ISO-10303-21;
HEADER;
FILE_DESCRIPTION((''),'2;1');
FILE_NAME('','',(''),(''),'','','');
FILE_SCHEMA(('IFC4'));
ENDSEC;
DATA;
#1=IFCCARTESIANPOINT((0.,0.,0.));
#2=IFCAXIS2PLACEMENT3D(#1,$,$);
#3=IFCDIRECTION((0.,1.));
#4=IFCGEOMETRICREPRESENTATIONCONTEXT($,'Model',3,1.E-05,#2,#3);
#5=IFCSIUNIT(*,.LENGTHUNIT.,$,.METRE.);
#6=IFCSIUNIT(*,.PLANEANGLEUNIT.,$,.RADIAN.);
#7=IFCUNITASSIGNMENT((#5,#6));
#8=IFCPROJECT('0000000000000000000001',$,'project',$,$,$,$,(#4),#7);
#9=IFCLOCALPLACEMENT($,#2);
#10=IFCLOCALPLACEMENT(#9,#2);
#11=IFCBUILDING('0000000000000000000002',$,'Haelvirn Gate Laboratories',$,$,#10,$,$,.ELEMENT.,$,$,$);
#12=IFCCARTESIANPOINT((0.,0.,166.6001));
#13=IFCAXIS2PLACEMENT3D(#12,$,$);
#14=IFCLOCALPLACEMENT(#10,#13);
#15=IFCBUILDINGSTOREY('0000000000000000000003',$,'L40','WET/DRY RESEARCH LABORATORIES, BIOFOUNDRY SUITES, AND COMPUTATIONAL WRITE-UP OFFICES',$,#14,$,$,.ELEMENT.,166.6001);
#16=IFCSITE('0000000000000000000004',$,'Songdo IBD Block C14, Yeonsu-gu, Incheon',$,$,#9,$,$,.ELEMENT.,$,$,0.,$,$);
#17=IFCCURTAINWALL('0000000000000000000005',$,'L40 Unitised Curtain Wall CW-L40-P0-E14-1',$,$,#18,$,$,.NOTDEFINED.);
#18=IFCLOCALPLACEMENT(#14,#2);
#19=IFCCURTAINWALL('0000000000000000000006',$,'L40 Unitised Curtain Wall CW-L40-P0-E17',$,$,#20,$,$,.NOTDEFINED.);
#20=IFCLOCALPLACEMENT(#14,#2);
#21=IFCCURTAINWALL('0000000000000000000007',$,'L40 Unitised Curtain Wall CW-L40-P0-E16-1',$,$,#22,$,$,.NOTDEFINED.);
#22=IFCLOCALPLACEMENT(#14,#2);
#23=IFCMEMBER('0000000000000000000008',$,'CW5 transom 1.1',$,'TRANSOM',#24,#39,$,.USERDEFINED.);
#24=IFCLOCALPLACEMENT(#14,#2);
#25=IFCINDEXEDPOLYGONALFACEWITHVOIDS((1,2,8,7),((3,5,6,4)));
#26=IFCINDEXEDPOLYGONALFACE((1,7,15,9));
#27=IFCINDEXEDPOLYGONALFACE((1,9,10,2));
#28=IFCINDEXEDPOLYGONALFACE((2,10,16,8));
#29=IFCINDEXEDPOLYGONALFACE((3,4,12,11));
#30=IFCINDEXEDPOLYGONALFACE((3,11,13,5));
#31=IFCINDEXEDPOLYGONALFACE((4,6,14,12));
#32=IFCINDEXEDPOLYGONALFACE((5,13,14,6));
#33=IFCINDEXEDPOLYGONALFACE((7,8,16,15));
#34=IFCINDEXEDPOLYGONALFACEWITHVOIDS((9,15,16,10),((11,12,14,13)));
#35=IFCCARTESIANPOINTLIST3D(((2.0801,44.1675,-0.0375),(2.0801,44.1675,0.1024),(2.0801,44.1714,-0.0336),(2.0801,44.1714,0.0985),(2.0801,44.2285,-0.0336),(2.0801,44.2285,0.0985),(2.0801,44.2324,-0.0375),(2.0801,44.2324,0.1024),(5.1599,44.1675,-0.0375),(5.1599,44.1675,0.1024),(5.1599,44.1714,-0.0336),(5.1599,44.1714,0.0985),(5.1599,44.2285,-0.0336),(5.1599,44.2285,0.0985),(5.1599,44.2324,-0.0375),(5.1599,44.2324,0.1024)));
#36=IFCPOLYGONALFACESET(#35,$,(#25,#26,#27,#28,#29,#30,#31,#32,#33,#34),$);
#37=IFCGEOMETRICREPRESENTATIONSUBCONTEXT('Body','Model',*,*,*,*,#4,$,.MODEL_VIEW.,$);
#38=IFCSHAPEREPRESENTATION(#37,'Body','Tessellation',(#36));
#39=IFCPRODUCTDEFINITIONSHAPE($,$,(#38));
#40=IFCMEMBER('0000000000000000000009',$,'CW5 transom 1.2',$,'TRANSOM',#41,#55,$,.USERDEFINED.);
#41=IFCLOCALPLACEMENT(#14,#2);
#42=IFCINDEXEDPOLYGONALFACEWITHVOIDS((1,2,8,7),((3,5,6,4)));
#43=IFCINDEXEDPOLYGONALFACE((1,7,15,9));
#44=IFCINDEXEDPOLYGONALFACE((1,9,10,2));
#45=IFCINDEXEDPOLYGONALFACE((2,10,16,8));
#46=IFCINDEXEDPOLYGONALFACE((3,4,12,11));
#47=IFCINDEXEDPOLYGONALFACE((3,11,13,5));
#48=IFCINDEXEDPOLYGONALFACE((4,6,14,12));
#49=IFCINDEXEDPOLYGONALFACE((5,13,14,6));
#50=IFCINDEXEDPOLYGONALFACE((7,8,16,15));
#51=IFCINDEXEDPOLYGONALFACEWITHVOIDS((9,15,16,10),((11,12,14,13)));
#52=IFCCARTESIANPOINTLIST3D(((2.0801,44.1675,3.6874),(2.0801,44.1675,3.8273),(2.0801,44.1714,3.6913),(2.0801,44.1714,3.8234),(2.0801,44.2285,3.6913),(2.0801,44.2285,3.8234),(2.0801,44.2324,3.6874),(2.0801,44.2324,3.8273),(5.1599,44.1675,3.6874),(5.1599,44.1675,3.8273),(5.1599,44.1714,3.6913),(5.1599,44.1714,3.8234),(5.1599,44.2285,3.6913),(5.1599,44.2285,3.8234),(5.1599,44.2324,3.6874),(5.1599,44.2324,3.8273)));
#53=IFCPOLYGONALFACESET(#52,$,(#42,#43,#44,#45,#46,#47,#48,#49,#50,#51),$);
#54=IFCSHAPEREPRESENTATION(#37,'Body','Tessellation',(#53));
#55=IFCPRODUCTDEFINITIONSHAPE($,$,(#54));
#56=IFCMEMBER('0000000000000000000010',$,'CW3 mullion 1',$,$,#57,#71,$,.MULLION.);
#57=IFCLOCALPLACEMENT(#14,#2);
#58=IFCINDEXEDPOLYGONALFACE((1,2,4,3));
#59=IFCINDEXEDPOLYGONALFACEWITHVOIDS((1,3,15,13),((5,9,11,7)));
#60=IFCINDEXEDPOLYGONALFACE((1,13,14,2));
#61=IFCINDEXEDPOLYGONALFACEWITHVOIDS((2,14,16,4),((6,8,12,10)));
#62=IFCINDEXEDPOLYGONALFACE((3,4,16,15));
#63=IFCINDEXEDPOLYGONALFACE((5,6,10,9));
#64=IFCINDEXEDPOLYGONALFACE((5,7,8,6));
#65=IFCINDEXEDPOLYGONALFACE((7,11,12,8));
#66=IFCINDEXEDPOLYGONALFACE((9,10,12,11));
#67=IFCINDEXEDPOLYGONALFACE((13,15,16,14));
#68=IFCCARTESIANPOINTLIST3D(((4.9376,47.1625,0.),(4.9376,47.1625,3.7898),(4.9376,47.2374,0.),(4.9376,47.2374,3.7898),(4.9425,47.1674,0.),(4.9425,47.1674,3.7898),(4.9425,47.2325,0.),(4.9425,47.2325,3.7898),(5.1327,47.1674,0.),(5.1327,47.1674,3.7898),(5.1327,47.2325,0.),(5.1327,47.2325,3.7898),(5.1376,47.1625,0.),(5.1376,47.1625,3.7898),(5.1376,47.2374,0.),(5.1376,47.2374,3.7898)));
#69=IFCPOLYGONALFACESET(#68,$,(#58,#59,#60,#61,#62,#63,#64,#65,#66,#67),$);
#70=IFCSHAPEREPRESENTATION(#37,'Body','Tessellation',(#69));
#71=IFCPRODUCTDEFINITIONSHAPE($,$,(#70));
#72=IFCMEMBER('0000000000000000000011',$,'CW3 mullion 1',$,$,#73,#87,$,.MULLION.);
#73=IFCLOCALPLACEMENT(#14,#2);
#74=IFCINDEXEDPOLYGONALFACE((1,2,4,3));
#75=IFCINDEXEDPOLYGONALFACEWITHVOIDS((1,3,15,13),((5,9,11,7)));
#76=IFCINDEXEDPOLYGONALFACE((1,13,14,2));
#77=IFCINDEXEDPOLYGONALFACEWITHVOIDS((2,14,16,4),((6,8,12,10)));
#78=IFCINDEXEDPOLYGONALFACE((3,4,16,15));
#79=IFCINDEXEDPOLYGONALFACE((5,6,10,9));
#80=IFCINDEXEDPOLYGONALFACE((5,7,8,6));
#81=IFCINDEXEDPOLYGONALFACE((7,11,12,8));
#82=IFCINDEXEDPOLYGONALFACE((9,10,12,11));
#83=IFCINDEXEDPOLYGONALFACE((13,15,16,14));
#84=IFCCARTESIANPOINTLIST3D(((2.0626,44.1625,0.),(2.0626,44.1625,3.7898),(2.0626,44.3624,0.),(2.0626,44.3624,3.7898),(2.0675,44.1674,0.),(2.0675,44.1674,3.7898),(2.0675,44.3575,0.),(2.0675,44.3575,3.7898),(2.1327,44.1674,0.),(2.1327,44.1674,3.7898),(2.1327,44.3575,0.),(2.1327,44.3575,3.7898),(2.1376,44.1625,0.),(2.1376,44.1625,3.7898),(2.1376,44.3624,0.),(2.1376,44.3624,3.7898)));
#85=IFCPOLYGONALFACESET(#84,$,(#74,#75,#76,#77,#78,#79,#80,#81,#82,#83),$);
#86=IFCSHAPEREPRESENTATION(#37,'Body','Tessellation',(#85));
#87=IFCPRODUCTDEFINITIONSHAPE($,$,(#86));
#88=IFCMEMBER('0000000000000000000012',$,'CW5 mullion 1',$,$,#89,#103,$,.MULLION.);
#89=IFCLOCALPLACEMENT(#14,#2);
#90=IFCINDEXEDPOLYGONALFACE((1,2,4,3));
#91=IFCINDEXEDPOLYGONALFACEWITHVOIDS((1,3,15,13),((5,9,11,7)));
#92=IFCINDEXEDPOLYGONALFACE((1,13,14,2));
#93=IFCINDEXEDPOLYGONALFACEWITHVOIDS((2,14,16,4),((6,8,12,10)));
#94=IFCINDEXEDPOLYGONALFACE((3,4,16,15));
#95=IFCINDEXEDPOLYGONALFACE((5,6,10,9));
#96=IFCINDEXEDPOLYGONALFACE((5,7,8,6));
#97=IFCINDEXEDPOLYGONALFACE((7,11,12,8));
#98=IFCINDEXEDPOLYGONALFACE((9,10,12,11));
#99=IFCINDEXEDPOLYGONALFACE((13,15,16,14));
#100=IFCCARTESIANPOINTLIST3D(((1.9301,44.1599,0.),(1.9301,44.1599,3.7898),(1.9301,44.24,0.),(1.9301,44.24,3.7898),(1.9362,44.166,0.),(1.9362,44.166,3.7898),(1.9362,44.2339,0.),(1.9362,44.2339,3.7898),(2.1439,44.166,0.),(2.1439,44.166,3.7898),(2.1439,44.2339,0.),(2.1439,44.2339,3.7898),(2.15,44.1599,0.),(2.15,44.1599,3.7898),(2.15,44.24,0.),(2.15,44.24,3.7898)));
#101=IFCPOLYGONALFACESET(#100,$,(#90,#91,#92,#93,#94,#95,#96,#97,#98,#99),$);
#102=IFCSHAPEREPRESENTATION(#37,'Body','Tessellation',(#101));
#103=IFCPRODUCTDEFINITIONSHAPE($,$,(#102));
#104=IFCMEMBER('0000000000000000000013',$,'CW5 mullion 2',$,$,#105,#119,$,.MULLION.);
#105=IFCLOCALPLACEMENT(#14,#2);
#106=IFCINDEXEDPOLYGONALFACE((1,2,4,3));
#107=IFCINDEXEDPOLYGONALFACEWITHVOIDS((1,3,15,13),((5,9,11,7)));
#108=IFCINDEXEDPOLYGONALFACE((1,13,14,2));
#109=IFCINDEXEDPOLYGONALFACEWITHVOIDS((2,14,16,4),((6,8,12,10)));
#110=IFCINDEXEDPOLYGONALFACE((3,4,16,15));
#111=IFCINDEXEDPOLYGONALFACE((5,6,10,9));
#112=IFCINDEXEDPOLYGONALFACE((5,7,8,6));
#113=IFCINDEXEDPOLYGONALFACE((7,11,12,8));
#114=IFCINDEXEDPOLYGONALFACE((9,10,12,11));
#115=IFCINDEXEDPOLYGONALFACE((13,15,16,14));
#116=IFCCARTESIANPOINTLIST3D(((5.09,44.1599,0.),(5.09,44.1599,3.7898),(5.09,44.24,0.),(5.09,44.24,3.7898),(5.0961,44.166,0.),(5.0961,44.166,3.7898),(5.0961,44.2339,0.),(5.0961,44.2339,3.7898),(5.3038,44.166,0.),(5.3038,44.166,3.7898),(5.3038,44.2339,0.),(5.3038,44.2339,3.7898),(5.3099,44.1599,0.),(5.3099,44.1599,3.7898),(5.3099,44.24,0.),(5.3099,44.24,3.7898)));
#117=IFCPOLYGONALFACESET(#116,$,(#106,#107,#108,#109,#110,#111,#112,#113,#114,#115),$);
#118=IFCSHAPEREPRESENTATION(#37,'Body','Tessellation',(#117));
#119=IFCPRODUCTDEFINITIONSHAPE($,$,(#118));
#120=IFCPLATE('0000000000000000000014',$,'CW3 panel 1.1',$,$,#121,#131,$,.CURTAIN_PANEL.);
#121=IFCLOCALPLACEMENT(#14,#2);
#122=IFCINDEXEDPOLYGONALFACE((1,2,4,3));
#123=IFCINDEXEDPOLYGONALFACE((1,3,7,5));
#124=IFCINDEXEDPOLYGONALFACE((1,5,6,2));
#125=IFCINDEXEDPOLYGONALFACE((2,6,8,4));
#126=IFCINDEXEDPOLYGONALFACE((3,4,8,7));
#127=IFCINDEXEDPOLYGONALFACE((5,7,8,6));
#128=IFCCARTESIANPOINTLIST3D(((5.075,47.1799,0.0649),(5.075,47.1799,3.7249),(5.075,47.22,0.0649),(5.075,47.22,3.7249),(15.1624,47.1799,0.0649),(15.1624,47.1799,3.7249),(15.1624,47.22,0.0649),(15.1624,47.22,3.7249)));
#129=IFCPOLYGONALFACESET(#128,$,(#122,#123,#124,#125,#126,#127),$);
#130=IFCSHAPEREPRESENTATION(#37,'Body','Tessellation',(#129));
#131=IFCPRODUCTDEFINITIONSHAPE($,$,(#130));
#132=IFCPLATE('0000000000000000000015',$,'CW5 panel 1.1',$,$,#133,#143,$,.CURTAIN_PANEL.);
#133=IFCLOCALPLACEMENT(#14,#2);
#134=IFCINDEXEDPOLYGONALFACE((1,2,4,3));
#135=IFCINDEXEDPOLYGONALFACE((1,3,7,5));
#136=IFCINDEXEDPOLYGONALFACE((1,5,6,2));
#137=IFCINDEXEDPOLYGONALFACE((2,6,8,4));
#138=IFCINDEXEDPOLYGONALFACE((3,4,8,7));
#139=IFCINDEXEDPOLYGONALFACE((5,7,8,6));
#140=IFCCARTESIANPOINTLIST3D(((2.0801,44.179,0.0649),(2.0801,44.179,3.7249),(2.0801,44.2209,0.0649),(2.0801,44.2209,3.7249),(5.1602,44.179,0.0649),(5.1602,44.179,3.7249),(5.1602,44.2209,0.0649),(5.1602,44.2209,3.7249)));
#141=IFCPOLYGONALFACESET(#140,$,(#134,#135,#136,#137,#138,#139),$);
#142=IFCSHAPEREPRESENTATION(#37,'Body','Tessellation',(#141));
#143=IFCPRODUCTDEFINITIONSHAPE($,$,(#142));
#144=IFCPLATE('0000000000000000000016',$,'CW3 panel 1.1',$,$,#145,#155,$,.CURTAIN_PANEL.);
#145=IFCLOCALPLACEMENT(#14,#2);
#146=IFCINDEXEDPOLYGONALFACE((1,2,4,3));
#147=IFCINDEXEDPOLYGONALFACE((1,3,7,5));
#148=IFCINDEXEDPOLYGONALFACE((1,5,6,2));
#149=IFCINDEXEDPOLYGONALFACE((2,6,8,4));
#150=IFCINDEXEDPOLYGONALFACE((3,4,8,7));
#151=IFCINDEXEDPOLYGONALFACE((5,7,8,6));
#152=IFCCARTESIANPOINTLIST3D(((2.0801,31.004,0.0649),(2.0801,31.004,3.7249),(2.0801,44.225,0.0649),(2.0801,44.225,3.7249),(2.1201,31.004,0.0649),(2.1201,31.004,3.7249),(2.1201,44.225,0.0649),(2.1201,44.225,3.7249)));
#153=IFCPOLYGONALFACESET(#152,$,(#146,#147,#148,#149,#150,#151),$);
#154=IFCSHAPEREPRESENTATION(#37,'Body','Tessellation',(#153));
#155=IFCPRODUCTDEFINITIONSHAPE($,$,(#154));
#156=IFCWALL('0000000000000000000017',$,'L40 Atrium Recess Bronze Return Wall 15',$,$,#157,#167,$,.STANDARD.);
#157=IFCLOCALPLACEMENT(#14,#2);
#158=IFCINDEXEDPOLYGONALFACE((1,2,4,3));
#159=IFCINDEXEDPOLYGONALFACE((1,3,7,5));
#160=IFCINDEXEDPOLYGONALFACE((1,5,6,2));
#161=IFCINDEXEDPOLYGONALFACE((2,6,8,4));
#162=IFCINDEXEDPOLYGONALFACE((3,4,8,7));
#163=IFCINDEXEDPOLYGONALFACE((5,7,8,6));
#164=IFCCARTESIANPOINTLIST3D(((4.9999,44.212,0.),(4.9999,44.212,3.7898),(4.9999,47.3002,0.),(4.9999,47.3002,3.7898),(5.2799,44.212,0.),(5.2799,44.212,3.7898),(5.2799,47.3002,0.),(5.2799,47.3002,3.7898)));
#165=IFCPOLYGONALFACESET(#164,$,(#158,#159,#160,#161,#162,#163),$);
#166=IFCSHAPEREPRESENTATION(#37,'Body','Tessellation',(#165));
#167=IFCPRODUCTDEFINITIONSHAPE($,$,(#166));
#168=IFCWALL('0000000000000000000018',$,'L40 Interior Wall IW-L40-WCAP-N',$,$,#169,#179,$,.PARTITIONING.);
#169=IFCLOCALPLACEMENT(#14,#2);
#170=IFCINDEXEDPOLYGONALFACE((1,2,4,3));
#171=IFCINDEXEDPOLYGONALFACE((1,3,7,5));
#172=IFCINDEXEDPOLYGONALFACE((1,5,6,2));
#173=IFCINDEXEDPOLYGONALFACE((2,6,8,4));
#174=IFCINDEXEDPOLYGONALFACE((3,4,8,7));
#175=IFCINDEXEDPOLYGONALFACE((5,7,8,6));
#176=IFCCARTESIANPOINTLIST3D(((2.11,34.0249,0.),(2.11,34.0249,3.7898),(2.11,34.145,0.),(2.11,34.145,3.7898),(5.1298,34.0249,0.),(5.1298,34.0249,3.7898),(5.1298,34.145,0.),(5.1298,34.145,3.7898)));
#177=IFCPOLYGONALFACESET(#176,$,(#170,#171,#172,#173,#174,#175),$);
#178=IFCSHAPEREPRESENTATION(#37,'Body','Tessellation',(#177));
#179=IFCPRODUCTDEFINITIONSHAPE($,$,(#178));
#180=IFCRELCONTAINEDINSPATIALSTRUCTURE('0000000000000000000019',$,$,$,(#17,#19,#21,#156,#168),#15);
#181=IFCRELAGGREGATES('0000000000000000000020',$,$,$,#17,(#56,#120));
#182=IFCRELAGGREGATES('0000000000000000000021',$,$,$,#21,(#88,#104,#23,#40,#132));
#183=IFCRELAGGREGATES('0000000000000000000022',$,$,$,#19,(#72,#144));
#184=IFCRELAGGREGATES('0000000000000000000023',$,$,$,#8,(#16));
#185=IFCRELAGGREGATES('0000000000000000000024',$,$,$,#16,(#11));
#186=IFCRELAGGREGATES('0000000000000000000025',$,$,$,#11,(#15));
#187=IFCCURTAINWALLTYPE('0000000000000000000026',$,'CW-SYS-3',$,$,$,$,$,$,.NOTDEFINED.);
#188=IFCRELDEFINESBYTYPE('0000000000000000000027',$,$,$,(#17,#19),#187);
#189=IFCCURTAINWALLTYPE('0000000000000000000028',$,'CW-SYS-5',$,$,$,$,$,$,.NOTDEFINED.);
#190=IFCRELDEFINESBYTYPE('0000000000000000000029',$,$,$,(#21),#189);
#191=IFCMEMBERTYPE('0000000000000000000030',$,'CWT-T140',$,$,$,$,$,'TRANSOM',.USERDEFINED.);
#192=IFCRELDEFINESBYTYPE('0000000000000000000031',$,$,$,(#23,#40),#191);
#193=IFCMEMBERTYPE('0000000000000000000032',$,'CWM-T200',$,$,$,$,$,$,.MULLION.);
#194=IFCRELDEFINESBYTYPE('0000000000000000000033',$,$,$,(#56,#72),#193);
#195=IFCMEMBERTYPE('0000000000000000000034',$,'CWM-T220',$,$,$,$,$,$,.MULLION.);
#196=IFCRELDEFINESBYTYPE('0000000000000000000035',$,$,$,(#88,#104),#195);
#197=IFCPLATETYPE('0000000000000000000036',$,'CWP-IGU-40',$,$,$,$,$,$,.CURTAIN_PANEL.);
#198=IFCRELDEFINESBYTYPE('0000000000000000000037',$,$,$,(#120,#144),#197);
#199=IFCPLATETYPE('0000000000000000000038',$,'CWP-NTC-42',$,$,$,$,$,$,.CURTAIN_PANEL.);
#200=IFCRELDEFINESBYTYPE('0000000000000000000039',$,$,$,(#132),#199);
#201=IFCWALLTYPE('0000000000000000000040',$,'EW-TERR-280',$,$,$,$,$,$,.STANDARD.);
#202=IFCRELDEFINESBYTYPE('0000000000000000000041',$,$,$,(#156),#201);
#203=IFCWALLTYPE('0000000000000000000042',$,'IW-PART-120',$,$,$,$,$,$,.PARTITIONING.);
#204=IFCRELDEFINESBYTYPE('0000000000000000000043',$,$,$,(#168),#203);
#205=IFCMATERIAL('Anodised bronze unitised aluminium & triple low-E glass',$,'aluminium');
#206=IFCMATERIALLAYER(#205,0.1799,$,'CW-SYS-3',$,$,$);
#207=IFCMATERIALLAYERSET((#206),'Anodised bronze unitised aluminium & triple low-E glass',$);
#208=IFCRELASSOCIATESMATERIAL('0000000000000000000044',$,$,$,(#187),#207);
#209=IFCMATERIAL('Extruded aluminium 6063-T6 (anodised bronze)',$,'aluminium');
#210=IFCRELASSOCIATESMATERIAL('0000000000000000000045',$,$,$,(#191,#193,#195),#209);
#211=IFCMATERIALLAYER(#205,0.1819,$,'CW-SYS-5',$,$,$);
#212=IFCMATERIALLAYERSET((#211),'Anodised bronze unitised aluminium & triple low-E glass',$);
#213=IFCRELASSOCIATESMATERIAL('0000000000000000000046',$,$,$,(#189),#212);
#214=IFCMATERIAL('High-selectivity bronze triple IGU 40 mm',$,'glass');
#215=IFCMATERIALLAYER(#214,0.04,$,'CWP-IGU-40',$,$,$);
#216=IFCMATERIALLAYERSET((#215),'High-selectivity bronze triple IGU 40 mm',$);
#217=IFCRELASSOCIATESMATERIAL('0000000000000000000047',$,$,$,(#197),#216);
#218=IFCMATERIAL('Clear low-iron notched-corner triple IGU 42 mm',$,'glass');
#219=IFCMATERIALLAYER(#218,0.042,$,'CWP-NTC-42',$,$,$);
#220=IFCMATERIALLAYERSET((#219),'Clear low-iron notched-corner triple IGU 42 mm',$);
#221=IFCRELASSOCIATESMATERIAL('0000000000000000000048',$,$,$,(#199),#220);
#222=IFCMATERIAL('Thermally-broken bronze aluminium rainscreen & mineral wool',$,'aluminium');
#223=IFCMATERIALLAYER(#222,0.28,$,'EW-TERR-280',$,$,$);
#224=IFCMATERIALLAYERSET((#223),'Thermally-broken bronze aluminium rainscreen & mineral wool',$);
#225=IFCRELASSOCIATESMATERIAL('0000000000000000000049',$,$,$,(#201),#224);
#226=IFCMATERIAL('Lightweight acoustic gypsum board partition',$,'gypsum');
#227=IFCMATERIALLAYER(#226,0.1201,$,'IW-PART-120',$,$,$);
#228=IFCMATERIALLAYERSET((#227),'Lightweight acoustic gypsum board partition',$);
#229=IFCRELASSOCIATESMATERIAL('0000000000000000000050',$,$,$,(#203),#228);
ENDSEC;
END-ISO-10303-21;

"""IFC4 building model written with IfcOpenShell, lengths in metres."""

from ifc_helpers import new_model, si_unit, direction, frame, frame_2d, origin, origin_2d, place, context, subcontext, project, spatial, rectangle, hollow_rectangle, extrude, source, transform, mapped, material, layer, layer_set, material_profile, profile_set, type_object, type_shapes, element, aggregate, save


model = new_model("IFC4")

# Units and contexts
model_context = context("Model", 3, precision=1e-05, world=origin(), true_north=direction((0.0, 1.0)))
body_context = subcontext(model_context, "Body", "Model", "MODEL_VIEW")
ifc_project = project(units=[si_unit("LENGTHUNIT", "METRE"), si_unit("PLANEANGLEUNIT", "RADIAN")], contexts=[model_context])

# Site, building, storey
site_placement = place(None, origin())
site = spatial("IfcSite", under=ifc_project, at=site_placement, Name="Songdo IBD Block C14, Yeonsu-gu, Incheon", CompositionType="ELEMENT", RefElevation=0.0)
building_placement = place(site_placement, origin())
building = spatial("IfcBuilding", under=site, at=building_placement, Name="Haelvirn Gate Laboratories", CompositionType="ELEMENT")
storey_placement = place(building_placement, frame((0.0, 0.0, 166.6001)))
storey = spatial("IfcBuildingStorey", under=building, at=storey_placement, Name="L40", Description="WET/DRY RESEARCH LABORATORIES, BIOFOUNDRY SUITES, AND COMPUTATIONAL WRITE-UP OFFICES", CompositionType="ELEMENT", Elevation=166.6001)

# Curtain walls, members
ifc_material_1 = material(Name="Anodised bronze unitised aluminium & triple low-E glass", Category="aluminium")
ifc_layer_1 = layer(ifc_material_1, 0.1799, Name="CW-SYS-3")
ifc_layer_set_1 = layer_set([ifc_layer_1], Name="Anodised bronze unitised aluminium & triple low-E glass")
curtain_wall_type_1 = type_object("IfcCurtainWallType", Name="CW-SYS-3", PredefinedType="NOTDEFINED", material=ifc_layer_set_1)
curtain_wall_1_placement = place(storey_placement, origin())
curtain_wall_1 = element("IfcCurtainWall", 1, at=curtain_wall_1_placement, inside=storey, type_object=curtain_wall_type_1, Name="L40 Unitised Curtain Wall CW-L40-P0-E14-1", PredefinedType="NOTDEFINED")
ifc_material_2 = material(Name="Extruded aluminium 6063-T6 (anodised bronze)", Category="aluminium")
ifc_material_profile_1 = material_profile(ifc_material_2, hollow_rectangle(XDim=0.0649, YDim=0.1399, WallThickness=0.0039, at=origin_2d()), Name="CWT-140x65x4")
ifc_profile_set_1 = profile_set([ifc_material_profile_1], Name="Extruded aluminium 6063-T6 (anodised bronze)")
member_type_1 = type_object("IfcMemberType", Name="CWT-T140", ElementType="TRANSOM", PredefinedType="USERDEFINED", material=ifc_profile_set_1)
curtain_wall_2_placement = place(storey_placement, origin())
curtain_wall_2 = element("IfcCurtainWall", 2, at=curtain_wall_2_placement, inside=storey, type_object=curtain_wall_type_1, Name="L40 Unitised Curtain Wall CW-L40-P0-E17", PredefinedType="NOTDEFINED")
ifc_layer_2 = layer(ifc_material_1, 0.1819, Name="CW-SYS-5")
ifc_layer_set_2 = layer_set([ifc_layer_2], Name="Anodised bronze unitised aluminium & triple low-E glass")
curtain_wall_type_2 = type_object("IfcCurtainWallType", Name="CW-SYS-5", PredefinedType="NOTDEFINED", material=ifc_layer_set_2)
curtain_wall_3_placement = place(storey_placement, origin())
curtain_wall_3 = element("IfcCurtainWall", 3, at=curtain_wall_3_placement, inside=storey, type_object=curtain_wall_type_2, Name="L40 Unitised Curtain Wall CW-L40-P0-E16-1", PredefinedType="NOTDEFINED")
shared_shape_1 = source(origin(), body_context, "Body", "SweptSolid", [
    extrude(hollow_rectangle(XDim=0.0649, YDim=0.1399, WallThickness=0.0039, at=origin_2d()), origin(), (0.0, 0.0, 1.0), 3.0798),
])
member_1_placement = place(storey_placement, frame((2.0801, 44.2, 0.0325), z_axis=(1.0, 0.0, 0.0), x_axis=(0.0, 1.0, 0.0)))
member_1 = element("IfcMember", 4, at=member_1_placement, type_object=member_type_1, Name="CW5 transom 1.1", ObjectType="TRANSOM", PredefinedType="USERDEFINED", context=body_context, shape_type="MappedRepresentation", body=[
    mapped(shared_shape_1, transform((0.0, 0.0, 0.0), scale=1.0)),
])
member_2_placement = place(storey_placement, frame((2.0801, 44.2, 3.7573), z_axis=(1.0, 0.0, 0.0), x_axis=(0.0, 1.0, 0.0)))
member_2 = element("IfcMember", 5, at=member_2_placement, type_object=member_type_1, Name="CW5 transom 1.2", ObjectType="TRANSOM", PredefinedType="USERDEFINED", context=body_context, shape_type="MappedRepresentation", body=[
    mapped(shared_shape_1, transform((0.0, 0.0, 0.0), scale=1.0)),
])

# Members
ifc_material_profile_2 = material_profile(ifc_material_2, hollow_rectangle(XDim=0.075, YDim=0.2, WallThickness=0.0049, at=origin_2d()), Name="CWM-200x75x5")
ifc_profile_set_2 = profile_set([ifc_material_profile_2], Name="Extruded aluminium 6063-T6 (anodised bronze)")
member_type_2 = type_object("IfcMemberType", Name="CWM-T200", PredefinedType="MULLION", material=ifc_profile_set_2)
shared_shape_2 = source(origin(), body_context, "Body", "SweptSolid", [
    extrude(hollow_rectangle(XDim=0.075, YDim=0.2, WallThickness=0.0049, at=origin_2d()), origin(), (0.0, 0.0, 1.0), 3.7898),
])
type_shapes(member_type_2, [shared_shape_2])
member_3_placement = place(storey_placement, frame((5.0376, 47.2, 0.0), z_axis=(0.0, 0.0, 1.0), x_axis=(0.0, 1.0, 0.0)))
member_3 = element("IfcMember", 6, at=member_3_placement, type_object=member_type_2, Name="CW3 mullion 1", PredefinedType="MULLION", context=body_context, shape_type="MappedRepresentation", body=[
    mapped(shared_shape_2, transform((0.0, 0.0, 0.0), scale=1.0)),
])
member_4_placement = place(storey_placement, frame((2.1001, 44.2625, 0.0), z_axis=(0.0, 0.0, 1.0), x_axis=(1.0, 0.0, 0.0)))
member_4 = element("IfcMember", 7, at=member_4_placement, type_object=member_type_2, Name="CW3 mullion 1", PredefinedType="MULLION", context=body_context, shape_type="MappedRepresentation", body=[
    mapped(shared_shape_2, transform((0.0, 0.0, 0.0), scale=1.0)),
])
ifc_material_profile_3 = material_profile(ifc_material_2, hollow_rectangle(XDim=0.0801, YDim=0.22, WallThickness=0.0061, at=origin_2d()), Name="CWM-220x80x6")
ifc_profile_set_3 = profile_set([ifc_material_profile_3], Name="Extruded aluminium 6063-T6 (anodised bronze)")
member_type_3 = type_object("IfcMemberType", Name="CWM-T220", PredefinedType="MULLION", material=ifc_profile_set_3)
shared_shape_3 = source(origin(), body_context, "Body", "SweptSolid", [
    extrude(hollow_rectangle(XDim=0.0801, YDim=0.22, WallThickness=0.0061, at=origin_2d()), origin(), (0.0, 0.0, 1.0), 3.7898),
])
type_shapes(member_type_3, [shared_shape_3])
member_5_placement = place(storey_placement, frame((2.04, 44.2, 0.0), z_axis=(0.0, 0.0, 1.0), x_axis=(0.0, 1.0, 0.0)))
member_5 = element("IfcMember", 8, at=member_5_placement, type_object=member_type_3, Name="CW5 mullion 1", PredefinedType="MULLION", context=body_context, shape_type="MappedRepresentation", body=[
    mapped(shared_shape_3, transform((0.0, 0.0, 0.0), scale=1.0)),
])
member_6_placement = place(storey_placement, frame((5.2, 44.2, 0.0), z_axis=(0.0, 0.0, 1.0), x_axis=(0.0, 1.0, 0.0)))
member_6 = element("IfcMember", 9, at=member_6_placement, type_object=member_type_3, Name="CW5 mullion 2", PredefinedType="MULLION", context=body_context, shape_type="MappedRepresentation", body=[
    mapped(shared_shape_3, transform((0.0, 0.0, 0.0), scale=1.0)),
])

# Plates
ifc_material_3 = material(Name="High-selectivity bronze triple IGU 40 mm", Category="glass")
ifc_layer_3 = layer(ifc_material_3, 0.04, Name="CWP-IGU-40")
ifc_layer_set_3 = layer_set([ifc_layer_3], Name="High-selectivity bronze triple IGU 40 mm")
plate_type_1 = type_object("IfcPlateType", Name="CWP-IGU-40", PredefinedType="CURTAIN_PANEL", material=ifc_layer_set_3)
shared_shape_4 = source(origin(), body_context, "Body", "SweptSolid", [
    extrude(rectangle(XDim=10.0874, YDim=0.04, at=origin_2d()), origin(), (0.0, 0.0, 1.0), 3.6599),
])
plate_1_placement = place(storey_placement, frame((10.1187, 47.2, 0.0649), z_axis=(0.0, 0.0, 1.0), x_axis=(1.0, 0.0, 0.0)))
plate_1 = element("IfcPlate", 10, at=plate_1_placement, type_object=plate_type_1, Name="CW3 panel 1.1", PredefinedType="CURTAIN_PANEL", context=body_context, shape_type="MappedRepresentation", body=[
    mapped(shared_shape_4, transform((0.0, 0.0, 0.0), scale=1.0)),
])
aggregate(curtain_wall_1, [member_3, plate_1])
ifc_material_4 = material(Name="Clear low-iron notched-corner triple IGU 42 mm", Category="glass")
ifc_layer_4 = layer(ifc_material_4, 0.042, Name="CWP-NTC-42")
ifc_layer_set_4 = layer_set([ifc_layer_4], Name="Clear low-iron notched-corner triple IGU 42 mm")
plate_type_2 = type_object("IfcPlateType", Name="CWP-NTC-42", PredefinedType="CURTAIN_PANEL", material=ifc_layer_set_4)
shared_shape_5 = source(origin(), body_context, "Body", "SweptSolid", [
    extrude(rectangle(XDim=3.0801, YDim=0.042, at=origin_2d()), origin(), (0.0, 0.0, 1.0), 3.6599),
])
type_shapes(plate_type_2, [shared_shape_5])
plate_2_placement = place(storey_placement, frame((3.6201, 44.2, 0.0649), z_axis=(0.0, 0.0, 1.0), x_axis=(1.0, 0.0, 0.0)))
plate_2 = element("IfcPlate", 11, at=plate_2_placement, type_object=plate_type_2, Name="CW5 panel 1.1", PredefinedType="CURTAIN_PANEL", context=body_context, shape_type="MappedRepresentation", body=[
    mapped(shared_shape_5, transform((0.0, 0.0, 0.0), scale=1.0)),
])
aggregate(curtain_wall_3, [member_5, member_6, member_1, member_2, plate_2])
shared_shape_6 = source(origin(), body_context, "Body", "SweptSolid", [
    extrude(rectangle(XDim=13.2209, YDim=0.04, at=origin_2d()), origin(), (0.0, 0.0, 1.0), 3.6599),
])
type_shapes(plate_type_1, [shared_shape_4, shared_shape_6])
plate_3_placement = place(storey_placement, frame((2.1001, 37.6145, 0.0649), z_axis=(0.0, 0.0, 1.0), x_axis=(0.0, -1.0, 0.0)))
plate_3 = element("IfcPlate", 12, at=plate_3_placement, type_object=plate_type_1, Name="CW3 panel 1.1", PredefinedType="CURTAIN_PANEL", context=body_context, shape_type="MappedRepresentation", body=[
    mapped(shared_shape_6, transform((0.0, 0.0, 0.0), scale=1.0)),
])
aggregate(curtain_wall_2, [member_4, plate_3])

# Walls
ifc_material_5 = material(Name="Thermally-broken bronze aluminium rainscreen & mineral wool", Category="aluminium")
ifc_layer_5 = layer(ifc_material_5, 0.28, Name="EW-TERR-280")
ifc_layer_set_5 = layer_set([ifc_layer_5], Name="Thermally-broken bronze aluminium rainscreen & mineral wool")
wall_type_1 = type_object("IfcWallType", Name="EW-TERR-280", PredefinedType="STANDARD", material=ifc_layer_set_5)
wall_1_placement = place(storey_placement, frame((5.1399, 47.3, 0.0), z_axis=(0.0, 0.0, 1.0), x_axis=(0.0, -1.0, 0.0)))
element("IfcWall", 13, at=wall_1_placement, inside=storey, type_object=wall_type_1, Name="L40 Atrium Recess Bronze Return Wall 15", PredefinedType="STANDARD", context=body_context, shape_type="SweptSolid", body=[
    extrude(rectangle(XDim=3.0881, YDim=0.28, at=frame_2d((1.5439, 0.0))), origin(), (0.0, 0.0, 1.0), 3.7898),
])
ifc_material_6 = material(Name="Lightweight acoustic gypsum board partition", Category="gypsum")
ifc_layer_6 = layer(ifc_material_6, 0.1201, Name="IW-PART-120")
ifc_layer_set_6 = layer_set([ifc_layer_6], Name="Lightweight acoustic gypsum board partition")
wall_type_2 = type_object("IfcWallType", Name="IW-PART-120", PredefinedType="PARTITIONING", material=ifc_layer_set_6)
wall_2_placement = place(storey_placement, frame((2.1101, 34.085, 0.0), z_axis=(0.0, 0.0, 1.0), x_axis=(1.0, 0.0, 0.0)))
element("IfcWall", 14, at=wall_2_placement, inside=storey, type_object=wall_type_2, Name="L40 Interior Wall IW-L40-WCAP-N", PredefinedType="PARTITIONING", context=body_context, shape_type="SweptSolid", body=[
    extrude(rectangle(XDim=3.0198, YDim=0.1201, at=frame_2d((1.5098, 0.0))), origin(), (0.0, 0.0, 1.0), 3.7898),
])

save(model, "model.ifc")
